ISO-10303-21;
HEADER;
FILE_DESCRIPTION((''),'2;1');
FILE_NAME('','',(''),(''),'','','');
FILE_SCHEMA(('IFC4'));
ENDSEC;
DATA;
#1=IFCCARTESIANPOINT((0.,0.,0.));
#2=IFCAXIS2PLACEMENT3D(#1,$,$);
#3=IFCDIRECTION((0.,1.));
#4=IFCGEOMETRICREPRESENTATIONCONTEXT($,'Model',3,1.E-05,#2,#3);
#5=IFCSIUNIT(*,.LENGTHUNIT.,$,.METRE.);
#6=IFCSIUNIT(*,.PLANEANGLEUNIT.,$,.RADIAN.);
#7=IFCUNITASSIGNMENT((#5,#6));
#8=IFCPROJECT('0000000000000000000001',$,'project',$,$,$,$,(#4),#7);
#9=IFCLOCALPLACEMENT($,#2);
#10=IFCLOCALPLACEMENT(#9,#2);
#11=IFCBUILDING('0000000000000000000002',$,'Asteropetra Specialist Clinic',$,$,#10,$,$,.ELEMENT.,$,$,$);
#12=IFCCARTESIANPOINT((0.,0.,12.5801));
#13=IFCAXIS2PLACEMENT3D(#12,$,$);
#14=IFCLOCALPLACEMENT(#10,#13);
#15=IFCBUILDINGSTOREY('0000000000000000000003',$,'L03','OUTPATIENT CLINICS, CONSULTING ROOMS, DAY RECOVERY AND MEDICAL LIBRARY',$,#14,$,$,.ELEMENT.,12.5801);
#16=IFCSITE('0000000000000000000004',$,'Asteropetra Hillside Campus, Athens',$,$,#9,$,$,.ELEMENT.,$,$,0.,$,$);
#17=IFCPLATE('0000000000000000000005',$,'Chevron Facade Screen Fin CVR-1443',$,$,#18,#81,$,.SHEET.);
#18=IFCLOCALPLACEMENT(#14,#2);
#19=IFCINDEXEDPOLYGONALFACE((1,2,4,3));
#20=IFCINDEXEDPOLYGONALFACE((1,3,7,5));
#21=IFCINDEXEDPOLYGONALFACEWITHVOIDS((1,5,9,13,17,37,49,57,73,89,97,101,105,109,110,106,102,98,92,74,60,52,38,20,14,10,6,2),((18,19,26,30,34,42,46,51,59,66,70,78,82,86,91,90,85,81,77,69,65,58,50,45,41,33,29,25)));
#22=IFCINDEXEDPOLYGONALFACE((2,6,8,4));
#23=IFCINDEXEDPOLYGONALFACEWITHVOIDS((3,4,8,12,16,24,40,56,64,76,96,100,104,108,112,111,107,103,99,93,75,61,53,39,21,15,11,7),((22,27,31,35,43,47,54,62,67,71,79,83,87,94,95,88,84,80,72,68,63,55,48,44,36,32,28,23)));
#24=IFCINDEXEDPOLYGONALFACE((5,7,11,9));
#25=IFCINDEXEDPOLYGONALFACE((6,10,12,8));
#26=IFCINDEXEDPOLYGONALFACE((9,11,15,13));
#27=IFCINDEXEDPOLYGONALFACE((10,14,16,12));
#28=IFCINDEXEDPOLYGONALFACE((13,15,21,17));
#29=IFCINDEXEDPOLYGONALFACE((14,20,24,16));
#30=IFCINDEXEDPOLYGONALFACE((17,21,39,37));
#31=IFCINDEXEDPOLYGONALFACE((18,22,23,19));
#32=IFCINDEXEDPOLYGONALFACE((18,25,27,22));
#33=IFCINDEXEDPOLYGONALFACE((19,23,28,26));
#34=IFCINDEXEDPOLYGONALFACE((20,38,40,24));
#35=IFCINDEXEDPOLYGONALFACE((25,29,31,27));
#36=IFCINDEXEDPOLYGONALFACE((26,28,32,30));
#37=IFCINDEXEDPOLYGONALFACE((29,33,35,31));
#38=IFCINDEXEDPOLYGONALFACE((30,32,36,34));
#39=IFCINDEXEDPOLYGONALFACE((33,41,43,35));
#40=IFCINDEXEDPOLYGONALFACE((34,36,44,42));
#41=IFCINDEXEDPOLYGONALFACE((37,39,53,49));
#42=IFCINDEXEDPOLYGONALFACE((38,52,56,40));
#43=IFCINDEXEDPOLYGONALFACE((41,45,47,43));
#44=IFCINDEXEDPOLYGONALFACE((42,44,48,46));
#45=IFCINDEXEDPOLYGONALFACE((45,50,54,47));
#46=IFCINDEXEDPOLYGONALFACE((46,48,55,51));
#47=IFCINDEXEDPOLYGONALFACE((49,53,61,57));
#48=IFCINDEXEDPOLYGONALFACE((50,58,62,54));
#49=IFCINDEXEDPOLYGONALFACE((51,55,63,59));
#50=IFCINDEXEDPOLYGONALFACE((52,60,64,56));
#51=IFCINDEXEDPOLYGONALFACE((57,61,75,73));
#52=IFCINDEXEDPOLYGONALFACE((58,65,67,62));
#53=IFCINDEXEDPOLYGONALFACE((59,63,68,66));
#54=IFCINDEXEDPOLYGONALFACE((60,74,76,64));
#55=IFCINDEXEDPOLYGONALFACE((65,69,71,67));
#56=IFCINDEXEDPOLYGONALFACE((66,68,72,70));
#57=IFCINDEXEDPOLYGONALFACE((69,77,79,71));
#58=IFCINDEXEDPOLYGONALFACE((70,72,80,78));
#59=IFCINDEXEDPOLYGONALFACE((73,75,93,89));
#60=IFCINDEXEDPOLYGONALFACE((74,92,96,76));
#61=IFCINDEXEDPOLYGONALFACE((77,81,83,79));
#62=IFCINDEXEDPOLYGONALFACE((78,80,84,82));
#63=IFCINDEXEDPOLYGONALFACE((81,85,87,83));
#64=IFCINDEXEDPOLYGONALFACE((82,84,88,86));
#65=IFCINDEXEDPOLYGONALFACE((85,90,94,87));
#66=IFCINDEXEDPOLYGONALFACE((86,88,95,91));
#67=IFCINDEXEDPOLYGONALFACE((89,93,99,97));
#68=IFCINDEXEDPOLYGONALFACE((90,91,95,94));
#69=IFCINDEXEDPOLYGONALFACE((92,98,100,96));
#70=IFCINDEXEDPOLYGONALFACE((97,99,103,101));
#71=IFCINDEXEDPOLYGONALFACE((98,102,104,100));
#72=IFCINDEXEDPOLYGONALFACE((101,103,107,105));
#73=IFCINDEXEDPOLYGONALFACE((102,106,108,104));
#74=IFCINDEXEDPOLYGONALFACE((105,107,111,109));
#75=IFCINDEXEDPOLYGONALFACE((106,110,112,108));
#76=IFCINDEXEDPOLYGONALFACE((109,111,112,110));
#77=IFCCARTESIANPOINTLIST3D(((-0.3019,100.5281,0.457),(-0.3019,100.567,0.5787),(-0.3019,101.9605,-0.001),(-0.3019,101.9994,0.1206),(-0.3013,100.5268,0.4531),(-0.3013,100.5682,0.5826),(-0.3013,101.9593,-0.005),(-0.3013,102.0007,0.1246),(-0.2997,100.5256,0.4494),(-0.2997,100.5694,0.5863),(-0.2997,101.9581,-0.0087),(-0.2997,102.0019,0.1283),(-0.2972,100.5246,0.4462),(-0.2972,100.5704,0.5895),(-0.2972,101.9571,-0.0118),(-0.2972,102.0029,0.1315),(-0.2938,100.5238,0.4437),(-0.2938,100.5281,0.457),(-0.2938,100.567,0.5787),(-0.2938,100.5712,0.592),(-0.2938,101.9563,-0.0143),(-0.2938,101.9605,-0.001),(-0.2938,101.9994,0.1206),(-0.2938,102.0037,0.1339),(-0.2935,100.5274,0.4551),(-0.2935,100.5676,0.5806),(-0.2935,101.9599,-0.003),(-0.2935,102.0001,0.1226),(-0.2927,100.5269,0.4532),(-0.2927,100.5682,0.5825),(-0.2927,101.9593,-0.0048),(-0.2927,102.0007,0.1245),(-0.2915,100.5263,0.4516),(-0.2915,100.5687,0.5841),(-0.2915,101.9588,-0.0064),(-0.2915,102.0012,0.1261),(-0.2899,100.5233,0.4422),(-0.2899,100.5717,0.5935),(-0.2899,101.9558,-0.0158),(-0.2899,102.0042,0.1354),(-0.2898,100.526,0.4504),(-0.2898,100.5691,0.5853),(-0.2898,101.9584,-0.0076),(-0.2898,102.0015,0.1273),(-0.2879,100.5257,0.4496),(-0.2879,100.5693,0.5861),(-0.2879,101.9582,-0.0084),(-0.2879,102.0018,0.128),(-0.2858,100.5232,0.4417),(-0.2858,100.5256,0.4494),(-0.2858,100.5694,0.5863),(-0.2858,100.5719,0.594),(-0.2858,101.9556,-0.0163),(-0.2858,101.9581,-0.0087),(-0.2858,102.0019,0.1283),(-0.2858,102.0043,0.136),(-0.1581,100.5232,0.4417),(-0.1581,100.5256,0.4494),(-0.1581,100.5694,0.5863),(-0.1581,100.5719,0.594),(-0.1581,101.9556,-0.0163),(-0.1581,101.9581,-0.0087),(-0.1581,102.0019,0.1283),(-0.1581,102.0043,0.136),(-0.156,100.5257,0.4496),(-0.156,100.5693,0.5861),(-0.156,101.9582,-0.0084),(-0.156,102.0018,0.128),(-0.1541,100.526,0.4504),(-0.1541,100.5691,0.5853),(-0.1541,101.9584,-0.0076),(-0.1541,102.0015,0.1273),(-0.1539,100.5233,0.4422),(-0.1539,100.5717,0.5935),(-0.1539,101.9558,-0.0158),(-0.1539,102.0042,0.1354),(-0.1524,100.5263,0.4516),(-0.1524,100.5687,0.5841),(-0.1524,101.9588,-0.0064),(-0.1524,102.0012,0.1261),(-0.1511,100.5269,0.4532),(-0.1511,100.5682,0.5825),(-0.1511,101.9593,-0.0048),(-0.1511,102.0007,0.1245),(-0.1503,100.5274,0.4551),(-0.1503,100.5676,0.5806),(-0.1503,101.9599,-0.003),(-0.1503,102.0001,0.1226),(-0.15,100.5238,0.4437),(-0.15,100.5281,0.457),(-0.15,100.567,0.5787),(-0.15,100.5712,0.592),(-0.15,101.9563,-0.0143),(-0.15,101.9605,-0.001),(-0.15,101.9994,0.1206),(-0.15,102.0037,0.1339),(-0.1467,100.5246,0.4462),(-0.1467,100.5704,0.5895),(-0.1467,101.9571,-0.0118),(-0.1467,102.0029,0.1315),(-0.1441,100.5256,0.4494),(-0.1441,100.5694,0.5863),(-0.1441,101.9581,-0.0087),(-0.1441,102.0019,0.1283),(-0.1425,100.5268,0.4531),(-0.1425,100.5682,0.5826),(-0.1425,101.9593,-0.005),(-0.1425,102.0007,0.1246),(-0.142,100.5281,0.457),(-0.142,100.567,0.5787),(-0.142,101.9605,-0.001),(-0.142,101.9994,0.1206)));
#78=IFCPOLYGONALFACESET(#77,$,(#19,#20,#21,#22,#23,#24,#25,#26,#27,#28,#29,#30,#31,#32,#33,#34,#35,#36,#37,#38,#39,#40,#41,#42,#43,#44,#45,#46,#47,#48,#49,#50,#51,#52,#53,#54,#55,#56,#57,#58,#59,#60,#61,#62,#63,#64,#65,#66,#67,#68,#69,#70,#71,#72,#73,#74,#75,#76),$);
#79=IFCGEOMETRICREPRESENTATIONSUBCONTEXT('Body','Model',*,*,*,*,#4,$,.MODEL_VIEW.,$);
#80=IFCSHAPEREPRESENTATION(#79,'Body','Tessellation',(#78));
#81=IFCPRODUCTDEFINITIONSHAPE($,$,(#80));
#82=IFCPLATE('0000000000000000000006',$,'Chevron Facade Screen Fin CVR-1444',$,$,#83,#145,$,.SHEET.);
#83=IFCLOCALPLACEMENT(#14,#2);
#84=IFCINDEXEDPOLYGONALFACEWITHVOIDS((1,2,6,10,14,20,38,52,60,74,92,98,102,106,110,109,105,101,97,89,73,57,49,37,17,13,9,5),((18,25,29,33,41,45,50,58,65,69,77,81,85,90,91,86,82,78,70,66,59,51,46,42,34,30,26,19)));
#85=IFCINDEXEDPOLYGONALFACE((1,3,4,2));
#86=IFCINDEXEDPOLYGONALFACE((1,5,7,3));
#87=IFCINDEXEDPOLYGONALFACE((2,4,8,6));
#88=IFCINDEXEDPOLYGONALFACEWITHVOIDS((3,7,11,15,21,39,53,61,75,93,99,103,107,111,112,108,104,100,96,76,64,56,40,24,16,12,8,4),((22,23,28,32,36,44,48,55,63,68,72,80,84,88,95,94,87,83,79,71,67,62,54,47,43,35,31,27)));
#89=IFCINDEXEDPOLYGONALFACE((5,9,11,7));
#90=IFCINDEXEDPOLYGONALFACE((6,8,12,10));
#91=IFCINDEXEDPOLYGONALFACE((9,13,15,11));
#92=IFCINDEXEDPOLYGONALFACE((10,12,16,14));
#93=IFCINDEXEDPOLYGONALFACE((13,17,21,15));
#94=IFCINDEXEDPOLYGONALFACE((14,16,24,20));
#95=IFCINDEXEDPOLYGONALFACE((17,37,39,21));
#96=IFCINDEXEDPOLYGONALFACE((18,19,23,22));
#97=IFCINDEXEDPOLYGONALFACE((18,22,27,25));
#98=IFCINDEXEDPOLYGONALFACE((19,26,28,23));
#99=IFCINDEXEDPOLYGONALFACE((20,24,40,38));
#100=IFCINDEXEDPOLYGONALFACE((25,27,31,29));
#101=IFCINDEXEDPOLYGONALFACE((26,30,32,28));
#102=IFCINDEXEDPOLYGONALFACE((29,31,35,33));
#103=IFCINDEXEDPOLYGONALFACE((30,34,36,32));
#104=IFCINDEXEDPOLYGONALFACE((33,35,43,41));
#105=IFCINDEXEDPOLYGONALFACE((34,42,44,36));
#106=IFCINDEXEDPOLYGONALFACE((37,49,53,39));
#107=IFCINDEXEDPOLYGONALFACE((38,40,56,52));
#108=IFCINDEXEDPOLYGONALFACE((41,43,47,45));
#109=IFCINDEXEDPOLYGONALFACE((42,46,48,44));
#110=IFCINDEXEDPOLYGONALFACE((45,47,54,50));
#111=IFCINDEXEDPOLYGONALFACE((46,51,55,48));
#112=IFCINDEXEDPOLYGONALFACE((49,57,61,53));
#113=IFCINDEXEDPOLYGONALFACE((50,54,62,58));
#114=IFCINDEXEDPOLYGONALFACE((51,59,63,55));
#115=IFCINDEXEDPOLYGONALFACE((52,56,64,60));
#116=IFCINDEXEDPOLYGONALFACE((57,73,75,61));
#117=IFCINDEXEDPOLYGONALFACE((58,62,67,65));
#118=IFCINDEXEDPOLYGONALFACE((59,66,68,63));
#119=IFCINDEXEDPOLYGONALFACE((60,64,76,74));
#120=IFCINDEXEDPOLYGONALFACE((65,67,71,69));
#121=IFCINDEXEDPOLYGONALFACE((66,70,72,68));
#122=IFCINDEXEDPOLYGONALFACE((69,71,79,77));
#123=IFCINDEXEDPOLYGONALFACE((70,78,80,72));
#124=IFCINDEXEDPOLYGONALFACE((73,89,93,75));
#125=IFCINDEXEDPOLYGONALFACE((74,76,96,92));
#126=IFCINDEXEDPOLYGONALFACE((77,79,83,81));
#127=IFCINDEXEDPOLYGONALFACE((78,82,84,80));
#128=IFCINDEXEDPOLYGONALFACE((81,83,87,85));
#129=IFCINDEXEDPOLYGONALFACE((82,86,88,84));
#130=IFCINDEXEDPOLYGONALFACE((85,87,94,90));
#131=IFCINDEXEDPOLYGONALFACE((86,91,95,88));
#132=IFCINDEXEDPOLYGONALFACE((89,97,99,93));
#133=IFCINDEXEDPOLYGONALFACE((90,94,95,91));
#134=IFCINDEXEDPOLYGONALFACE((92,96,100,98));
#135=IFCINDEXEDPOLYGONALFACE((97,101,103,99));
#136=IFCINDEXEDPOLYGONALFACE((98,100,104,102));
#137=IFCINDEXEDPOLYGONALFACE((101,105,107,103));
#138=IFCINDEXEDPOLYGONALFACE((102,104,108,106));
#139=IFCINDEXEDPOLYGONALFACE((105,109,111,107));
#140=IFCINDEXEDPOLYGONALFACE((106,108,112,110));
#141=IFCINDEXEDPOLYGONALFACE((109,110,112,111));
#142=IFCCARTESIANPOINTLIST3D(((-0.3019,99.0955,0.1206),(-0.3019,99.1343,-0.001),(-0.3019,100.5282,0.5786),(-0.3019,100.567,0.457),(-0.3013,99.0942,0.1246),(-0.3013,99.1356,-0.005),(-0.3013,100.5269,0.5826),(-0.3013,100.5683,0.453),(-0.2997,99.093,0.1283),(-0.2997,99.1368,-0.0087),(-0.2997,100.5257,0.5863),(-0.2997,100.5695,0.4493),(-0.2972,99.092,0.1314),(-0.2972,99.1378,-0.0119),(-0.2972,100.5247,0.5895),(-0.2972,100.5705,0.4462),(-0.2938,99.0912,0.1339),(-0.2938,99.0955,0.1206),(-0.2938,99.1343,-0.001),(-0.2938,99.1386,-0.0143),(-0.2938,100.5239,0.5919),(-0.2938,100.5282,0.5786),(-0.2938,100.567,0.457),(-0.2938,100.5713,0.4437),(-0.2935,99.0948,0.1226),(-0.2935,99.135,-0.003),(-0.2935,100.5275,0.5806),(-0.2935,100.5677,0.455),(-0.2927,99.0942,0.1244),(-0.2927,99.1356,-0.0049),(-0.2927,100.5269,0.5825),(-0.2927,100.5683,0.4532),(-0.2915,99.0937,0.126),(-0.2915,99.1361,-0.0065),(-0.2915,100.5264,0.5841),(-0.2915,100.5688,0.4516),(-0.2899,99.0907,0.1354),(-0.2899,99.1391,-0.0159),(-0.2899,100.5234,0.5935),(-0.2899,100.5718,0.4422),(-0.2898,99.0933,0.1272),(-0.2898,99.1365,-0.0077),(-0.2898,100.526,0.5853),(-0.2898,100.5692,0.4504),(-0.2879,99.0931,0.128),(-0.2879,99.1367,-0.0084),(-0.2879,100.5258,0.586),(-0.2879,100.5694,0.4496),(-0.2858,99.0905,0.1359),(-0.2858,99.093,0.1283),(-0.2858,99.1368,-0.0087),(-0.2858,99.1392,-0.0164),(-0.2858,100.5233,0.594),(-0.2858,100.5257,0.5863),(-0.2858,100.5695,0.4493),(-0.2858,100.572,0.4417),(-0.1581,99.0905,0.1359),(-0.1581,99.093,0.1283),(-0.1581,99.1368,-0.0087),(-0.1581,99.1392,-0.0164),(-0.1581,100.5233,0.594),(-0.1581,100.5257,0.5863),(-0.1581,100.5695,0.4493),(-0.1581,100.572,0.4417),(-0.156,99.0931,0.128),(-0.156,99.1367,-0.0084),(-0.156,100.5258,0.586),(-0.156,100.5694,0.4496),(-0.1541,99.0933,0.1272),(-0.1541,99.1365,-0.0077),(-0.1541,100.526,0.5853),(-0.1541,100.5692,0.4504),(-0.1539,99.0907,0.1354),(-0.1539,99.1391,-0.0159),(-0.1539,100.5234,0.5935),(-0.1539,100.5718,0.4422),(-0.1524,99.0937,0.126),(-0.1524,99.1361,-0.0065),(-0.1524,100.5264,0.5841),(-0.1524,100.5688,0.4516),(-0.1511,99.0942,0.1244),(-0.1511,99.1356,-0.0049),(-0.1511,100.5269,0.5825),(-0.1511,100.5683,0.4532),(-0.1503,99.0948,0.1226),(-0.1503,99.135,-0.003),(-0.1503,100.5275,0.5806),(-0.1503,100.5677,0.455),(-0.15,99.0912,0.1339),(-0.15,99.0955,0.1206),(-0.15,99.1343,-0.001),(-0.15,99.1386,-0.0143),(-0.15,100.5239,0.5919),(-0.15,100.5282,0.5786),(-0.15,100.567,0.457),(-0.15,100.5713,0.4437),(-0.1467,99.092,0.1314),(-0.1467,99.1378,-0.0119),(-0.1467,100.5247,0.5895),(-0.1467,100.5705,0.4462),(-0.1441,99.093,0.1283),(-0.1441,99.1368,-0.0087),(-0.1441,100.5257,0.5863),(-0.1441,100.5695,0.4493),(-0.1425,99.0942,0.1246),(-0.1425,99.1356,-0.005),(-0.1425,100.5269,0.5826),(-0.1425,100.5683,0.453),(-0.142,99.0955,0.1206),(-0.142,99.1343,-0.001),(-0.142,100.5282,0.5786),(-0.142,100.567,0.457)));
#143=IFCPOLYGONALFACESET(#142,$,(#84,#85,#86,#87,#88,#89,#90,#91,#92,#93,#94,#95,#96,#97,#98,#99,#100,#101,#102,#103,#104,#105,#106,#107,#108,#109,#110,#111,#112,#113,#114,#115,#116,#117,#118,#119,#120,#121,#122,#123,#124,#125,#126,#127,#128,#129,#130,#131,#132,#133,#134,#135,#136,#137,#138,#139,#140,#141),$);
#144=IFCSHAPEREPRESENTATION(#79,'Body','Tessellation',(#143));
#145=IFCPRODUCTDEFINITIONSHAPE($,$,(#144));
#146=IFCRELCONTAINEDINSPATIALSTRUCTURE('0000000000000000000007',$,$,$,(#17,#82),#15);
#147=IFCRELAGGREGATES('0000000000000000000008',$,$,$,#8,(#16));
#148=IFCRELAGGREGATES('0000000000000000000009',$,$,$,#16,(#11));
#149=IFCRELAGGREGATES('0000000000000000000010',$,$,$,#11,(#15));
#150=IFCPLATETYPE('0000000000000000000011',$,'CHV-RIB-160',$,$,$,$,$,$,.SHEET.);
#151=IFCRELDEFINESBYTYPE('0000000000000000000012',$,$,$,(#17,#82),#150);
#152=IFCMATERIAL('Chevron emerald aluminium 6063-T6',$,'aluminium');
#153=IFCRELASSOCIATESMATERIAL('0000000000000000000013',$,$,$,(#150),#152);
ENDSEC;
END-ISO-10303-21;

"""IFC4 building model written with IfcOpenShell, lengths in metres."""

from ifc_helpers import new_model, si_unit, direction, frame, origin, origin_2d, place, context, subcontext, project, spatial, hollow_rectangle, extrude, material, material_profile, profile_set, type_object, element, save


model = new_model("IFC4")

# Units and contexts
model_context = context("Model", 3, precision=1e-05, world=origin(), true_north=direction((0.0, 1.0)))
body_context = subcontext(model_context, "Body", "Model", "MODEL_VIEW")
ifc_project = project(units=[si_unit("LENGTHUNIT", "METRE"), si_unit("PLANEANGLEUNIT", "RADIAN")], contexts=[model_context])

# Site, building, storey
site_placement = place(None, origin())
site = spatial("IfcSite", under=ifc_project, at=site_placement, Name="Asteropetra Hillside Campus, Athens", CompositionType="ELEMENT", RefElevation=0.0)
building_placement = place(site_placement, origin())
building = spatial("IfcBuilding", under=site, at=building_placement, Name="Asteropetra Specialist Clinic", CompositionType="ELEMENT")
storey_placement = place(building_placement, frame((0.0, 0.0, 12.5801)))
storey = spatial("IfcBuildingStorey", under=building, at=storey_placement, Name="L03", Description="OUTPATIENT CLINICS, CONSULTING ROOMS, DAY RECOVERY AND MEDICAL LIBRARY", CompositionType="ELEMENT", Elevation=12.5801)

# Plates
ifc_material_1 = material(Name="Chevron emerald aluminium 6063-T6", Category="aluminium")
ifc_material_profile = material_profile(ifc_material_1, hollow_rectangle(XDim=0.1599, YDim=0.1599, WallThickness=0.0081, InnerFilletRadius=0.0081, OuterFilletRadius=0.0161, at=origin_2d()), Name="SHS 160x160x8.0")
ifc_profile_set = profile_set([ifc_material_profile], Name="Chevron emerald aluminium 6063-T6")
plate_type_1 = type_object("IfcPlateType", Name="CHV-RIB-160", PredefinedType="SHEET", material=ifc_profile_set)
for number, where, z_axis, x_axis, name in (
    (1, (-0.2219, 101.98, 0.0598), (0.0, -0.952492, 0.304564), (1.0, 0.0, 0.0), "Chevron Facade Screen Fin CVR-1443"),
):
    element("IfcPlate", number, at=place(storey_placement, frame(where, z_axis=z_axis, x_axis=x_axis)), inside=storey, type_object=plate_type_1, Name=name, PredefinedType="SHEET", context=body_context, shape_type="SweptSolid", body=[
        extrude(hollow_rectangle(XDim=0.1599, YDim=0.1599, WallThickness=0.0081, InnerFilletRadius=0.0081, OuterFilletRadius=0.0161, at=origin_2d()), origin(), (0.0, 0.0, 1.0), 1.5039),
    ])
plate_1_placement = place(storey_placement, frame((-0.2219, 100.5476, 0.5178), z_axis=(0.0, -0.952507, -0.304517), x_axis=(1.0, 0.0, 0.0)))
element("IfcPlate", 2, at=plate_1_placement, inside=storey, type_object=plate_type_1, Name="Chevron Facade Screen Fin CVR-1444", PredefinedType="SHEET", context=body_context, shape_type="SweptSolid", body=[
    extrude(hollow_rectangle(XDim=0.1599, YDim=0.1599, WallThickness=0.0081, InnerFilletRadius=0.0081, OuterFilletRadius=0.0161, at=origin_2d()), origin(), (0.0, 0.0, 1.0), 1.5042),
])

save(model, "model.ifc")
